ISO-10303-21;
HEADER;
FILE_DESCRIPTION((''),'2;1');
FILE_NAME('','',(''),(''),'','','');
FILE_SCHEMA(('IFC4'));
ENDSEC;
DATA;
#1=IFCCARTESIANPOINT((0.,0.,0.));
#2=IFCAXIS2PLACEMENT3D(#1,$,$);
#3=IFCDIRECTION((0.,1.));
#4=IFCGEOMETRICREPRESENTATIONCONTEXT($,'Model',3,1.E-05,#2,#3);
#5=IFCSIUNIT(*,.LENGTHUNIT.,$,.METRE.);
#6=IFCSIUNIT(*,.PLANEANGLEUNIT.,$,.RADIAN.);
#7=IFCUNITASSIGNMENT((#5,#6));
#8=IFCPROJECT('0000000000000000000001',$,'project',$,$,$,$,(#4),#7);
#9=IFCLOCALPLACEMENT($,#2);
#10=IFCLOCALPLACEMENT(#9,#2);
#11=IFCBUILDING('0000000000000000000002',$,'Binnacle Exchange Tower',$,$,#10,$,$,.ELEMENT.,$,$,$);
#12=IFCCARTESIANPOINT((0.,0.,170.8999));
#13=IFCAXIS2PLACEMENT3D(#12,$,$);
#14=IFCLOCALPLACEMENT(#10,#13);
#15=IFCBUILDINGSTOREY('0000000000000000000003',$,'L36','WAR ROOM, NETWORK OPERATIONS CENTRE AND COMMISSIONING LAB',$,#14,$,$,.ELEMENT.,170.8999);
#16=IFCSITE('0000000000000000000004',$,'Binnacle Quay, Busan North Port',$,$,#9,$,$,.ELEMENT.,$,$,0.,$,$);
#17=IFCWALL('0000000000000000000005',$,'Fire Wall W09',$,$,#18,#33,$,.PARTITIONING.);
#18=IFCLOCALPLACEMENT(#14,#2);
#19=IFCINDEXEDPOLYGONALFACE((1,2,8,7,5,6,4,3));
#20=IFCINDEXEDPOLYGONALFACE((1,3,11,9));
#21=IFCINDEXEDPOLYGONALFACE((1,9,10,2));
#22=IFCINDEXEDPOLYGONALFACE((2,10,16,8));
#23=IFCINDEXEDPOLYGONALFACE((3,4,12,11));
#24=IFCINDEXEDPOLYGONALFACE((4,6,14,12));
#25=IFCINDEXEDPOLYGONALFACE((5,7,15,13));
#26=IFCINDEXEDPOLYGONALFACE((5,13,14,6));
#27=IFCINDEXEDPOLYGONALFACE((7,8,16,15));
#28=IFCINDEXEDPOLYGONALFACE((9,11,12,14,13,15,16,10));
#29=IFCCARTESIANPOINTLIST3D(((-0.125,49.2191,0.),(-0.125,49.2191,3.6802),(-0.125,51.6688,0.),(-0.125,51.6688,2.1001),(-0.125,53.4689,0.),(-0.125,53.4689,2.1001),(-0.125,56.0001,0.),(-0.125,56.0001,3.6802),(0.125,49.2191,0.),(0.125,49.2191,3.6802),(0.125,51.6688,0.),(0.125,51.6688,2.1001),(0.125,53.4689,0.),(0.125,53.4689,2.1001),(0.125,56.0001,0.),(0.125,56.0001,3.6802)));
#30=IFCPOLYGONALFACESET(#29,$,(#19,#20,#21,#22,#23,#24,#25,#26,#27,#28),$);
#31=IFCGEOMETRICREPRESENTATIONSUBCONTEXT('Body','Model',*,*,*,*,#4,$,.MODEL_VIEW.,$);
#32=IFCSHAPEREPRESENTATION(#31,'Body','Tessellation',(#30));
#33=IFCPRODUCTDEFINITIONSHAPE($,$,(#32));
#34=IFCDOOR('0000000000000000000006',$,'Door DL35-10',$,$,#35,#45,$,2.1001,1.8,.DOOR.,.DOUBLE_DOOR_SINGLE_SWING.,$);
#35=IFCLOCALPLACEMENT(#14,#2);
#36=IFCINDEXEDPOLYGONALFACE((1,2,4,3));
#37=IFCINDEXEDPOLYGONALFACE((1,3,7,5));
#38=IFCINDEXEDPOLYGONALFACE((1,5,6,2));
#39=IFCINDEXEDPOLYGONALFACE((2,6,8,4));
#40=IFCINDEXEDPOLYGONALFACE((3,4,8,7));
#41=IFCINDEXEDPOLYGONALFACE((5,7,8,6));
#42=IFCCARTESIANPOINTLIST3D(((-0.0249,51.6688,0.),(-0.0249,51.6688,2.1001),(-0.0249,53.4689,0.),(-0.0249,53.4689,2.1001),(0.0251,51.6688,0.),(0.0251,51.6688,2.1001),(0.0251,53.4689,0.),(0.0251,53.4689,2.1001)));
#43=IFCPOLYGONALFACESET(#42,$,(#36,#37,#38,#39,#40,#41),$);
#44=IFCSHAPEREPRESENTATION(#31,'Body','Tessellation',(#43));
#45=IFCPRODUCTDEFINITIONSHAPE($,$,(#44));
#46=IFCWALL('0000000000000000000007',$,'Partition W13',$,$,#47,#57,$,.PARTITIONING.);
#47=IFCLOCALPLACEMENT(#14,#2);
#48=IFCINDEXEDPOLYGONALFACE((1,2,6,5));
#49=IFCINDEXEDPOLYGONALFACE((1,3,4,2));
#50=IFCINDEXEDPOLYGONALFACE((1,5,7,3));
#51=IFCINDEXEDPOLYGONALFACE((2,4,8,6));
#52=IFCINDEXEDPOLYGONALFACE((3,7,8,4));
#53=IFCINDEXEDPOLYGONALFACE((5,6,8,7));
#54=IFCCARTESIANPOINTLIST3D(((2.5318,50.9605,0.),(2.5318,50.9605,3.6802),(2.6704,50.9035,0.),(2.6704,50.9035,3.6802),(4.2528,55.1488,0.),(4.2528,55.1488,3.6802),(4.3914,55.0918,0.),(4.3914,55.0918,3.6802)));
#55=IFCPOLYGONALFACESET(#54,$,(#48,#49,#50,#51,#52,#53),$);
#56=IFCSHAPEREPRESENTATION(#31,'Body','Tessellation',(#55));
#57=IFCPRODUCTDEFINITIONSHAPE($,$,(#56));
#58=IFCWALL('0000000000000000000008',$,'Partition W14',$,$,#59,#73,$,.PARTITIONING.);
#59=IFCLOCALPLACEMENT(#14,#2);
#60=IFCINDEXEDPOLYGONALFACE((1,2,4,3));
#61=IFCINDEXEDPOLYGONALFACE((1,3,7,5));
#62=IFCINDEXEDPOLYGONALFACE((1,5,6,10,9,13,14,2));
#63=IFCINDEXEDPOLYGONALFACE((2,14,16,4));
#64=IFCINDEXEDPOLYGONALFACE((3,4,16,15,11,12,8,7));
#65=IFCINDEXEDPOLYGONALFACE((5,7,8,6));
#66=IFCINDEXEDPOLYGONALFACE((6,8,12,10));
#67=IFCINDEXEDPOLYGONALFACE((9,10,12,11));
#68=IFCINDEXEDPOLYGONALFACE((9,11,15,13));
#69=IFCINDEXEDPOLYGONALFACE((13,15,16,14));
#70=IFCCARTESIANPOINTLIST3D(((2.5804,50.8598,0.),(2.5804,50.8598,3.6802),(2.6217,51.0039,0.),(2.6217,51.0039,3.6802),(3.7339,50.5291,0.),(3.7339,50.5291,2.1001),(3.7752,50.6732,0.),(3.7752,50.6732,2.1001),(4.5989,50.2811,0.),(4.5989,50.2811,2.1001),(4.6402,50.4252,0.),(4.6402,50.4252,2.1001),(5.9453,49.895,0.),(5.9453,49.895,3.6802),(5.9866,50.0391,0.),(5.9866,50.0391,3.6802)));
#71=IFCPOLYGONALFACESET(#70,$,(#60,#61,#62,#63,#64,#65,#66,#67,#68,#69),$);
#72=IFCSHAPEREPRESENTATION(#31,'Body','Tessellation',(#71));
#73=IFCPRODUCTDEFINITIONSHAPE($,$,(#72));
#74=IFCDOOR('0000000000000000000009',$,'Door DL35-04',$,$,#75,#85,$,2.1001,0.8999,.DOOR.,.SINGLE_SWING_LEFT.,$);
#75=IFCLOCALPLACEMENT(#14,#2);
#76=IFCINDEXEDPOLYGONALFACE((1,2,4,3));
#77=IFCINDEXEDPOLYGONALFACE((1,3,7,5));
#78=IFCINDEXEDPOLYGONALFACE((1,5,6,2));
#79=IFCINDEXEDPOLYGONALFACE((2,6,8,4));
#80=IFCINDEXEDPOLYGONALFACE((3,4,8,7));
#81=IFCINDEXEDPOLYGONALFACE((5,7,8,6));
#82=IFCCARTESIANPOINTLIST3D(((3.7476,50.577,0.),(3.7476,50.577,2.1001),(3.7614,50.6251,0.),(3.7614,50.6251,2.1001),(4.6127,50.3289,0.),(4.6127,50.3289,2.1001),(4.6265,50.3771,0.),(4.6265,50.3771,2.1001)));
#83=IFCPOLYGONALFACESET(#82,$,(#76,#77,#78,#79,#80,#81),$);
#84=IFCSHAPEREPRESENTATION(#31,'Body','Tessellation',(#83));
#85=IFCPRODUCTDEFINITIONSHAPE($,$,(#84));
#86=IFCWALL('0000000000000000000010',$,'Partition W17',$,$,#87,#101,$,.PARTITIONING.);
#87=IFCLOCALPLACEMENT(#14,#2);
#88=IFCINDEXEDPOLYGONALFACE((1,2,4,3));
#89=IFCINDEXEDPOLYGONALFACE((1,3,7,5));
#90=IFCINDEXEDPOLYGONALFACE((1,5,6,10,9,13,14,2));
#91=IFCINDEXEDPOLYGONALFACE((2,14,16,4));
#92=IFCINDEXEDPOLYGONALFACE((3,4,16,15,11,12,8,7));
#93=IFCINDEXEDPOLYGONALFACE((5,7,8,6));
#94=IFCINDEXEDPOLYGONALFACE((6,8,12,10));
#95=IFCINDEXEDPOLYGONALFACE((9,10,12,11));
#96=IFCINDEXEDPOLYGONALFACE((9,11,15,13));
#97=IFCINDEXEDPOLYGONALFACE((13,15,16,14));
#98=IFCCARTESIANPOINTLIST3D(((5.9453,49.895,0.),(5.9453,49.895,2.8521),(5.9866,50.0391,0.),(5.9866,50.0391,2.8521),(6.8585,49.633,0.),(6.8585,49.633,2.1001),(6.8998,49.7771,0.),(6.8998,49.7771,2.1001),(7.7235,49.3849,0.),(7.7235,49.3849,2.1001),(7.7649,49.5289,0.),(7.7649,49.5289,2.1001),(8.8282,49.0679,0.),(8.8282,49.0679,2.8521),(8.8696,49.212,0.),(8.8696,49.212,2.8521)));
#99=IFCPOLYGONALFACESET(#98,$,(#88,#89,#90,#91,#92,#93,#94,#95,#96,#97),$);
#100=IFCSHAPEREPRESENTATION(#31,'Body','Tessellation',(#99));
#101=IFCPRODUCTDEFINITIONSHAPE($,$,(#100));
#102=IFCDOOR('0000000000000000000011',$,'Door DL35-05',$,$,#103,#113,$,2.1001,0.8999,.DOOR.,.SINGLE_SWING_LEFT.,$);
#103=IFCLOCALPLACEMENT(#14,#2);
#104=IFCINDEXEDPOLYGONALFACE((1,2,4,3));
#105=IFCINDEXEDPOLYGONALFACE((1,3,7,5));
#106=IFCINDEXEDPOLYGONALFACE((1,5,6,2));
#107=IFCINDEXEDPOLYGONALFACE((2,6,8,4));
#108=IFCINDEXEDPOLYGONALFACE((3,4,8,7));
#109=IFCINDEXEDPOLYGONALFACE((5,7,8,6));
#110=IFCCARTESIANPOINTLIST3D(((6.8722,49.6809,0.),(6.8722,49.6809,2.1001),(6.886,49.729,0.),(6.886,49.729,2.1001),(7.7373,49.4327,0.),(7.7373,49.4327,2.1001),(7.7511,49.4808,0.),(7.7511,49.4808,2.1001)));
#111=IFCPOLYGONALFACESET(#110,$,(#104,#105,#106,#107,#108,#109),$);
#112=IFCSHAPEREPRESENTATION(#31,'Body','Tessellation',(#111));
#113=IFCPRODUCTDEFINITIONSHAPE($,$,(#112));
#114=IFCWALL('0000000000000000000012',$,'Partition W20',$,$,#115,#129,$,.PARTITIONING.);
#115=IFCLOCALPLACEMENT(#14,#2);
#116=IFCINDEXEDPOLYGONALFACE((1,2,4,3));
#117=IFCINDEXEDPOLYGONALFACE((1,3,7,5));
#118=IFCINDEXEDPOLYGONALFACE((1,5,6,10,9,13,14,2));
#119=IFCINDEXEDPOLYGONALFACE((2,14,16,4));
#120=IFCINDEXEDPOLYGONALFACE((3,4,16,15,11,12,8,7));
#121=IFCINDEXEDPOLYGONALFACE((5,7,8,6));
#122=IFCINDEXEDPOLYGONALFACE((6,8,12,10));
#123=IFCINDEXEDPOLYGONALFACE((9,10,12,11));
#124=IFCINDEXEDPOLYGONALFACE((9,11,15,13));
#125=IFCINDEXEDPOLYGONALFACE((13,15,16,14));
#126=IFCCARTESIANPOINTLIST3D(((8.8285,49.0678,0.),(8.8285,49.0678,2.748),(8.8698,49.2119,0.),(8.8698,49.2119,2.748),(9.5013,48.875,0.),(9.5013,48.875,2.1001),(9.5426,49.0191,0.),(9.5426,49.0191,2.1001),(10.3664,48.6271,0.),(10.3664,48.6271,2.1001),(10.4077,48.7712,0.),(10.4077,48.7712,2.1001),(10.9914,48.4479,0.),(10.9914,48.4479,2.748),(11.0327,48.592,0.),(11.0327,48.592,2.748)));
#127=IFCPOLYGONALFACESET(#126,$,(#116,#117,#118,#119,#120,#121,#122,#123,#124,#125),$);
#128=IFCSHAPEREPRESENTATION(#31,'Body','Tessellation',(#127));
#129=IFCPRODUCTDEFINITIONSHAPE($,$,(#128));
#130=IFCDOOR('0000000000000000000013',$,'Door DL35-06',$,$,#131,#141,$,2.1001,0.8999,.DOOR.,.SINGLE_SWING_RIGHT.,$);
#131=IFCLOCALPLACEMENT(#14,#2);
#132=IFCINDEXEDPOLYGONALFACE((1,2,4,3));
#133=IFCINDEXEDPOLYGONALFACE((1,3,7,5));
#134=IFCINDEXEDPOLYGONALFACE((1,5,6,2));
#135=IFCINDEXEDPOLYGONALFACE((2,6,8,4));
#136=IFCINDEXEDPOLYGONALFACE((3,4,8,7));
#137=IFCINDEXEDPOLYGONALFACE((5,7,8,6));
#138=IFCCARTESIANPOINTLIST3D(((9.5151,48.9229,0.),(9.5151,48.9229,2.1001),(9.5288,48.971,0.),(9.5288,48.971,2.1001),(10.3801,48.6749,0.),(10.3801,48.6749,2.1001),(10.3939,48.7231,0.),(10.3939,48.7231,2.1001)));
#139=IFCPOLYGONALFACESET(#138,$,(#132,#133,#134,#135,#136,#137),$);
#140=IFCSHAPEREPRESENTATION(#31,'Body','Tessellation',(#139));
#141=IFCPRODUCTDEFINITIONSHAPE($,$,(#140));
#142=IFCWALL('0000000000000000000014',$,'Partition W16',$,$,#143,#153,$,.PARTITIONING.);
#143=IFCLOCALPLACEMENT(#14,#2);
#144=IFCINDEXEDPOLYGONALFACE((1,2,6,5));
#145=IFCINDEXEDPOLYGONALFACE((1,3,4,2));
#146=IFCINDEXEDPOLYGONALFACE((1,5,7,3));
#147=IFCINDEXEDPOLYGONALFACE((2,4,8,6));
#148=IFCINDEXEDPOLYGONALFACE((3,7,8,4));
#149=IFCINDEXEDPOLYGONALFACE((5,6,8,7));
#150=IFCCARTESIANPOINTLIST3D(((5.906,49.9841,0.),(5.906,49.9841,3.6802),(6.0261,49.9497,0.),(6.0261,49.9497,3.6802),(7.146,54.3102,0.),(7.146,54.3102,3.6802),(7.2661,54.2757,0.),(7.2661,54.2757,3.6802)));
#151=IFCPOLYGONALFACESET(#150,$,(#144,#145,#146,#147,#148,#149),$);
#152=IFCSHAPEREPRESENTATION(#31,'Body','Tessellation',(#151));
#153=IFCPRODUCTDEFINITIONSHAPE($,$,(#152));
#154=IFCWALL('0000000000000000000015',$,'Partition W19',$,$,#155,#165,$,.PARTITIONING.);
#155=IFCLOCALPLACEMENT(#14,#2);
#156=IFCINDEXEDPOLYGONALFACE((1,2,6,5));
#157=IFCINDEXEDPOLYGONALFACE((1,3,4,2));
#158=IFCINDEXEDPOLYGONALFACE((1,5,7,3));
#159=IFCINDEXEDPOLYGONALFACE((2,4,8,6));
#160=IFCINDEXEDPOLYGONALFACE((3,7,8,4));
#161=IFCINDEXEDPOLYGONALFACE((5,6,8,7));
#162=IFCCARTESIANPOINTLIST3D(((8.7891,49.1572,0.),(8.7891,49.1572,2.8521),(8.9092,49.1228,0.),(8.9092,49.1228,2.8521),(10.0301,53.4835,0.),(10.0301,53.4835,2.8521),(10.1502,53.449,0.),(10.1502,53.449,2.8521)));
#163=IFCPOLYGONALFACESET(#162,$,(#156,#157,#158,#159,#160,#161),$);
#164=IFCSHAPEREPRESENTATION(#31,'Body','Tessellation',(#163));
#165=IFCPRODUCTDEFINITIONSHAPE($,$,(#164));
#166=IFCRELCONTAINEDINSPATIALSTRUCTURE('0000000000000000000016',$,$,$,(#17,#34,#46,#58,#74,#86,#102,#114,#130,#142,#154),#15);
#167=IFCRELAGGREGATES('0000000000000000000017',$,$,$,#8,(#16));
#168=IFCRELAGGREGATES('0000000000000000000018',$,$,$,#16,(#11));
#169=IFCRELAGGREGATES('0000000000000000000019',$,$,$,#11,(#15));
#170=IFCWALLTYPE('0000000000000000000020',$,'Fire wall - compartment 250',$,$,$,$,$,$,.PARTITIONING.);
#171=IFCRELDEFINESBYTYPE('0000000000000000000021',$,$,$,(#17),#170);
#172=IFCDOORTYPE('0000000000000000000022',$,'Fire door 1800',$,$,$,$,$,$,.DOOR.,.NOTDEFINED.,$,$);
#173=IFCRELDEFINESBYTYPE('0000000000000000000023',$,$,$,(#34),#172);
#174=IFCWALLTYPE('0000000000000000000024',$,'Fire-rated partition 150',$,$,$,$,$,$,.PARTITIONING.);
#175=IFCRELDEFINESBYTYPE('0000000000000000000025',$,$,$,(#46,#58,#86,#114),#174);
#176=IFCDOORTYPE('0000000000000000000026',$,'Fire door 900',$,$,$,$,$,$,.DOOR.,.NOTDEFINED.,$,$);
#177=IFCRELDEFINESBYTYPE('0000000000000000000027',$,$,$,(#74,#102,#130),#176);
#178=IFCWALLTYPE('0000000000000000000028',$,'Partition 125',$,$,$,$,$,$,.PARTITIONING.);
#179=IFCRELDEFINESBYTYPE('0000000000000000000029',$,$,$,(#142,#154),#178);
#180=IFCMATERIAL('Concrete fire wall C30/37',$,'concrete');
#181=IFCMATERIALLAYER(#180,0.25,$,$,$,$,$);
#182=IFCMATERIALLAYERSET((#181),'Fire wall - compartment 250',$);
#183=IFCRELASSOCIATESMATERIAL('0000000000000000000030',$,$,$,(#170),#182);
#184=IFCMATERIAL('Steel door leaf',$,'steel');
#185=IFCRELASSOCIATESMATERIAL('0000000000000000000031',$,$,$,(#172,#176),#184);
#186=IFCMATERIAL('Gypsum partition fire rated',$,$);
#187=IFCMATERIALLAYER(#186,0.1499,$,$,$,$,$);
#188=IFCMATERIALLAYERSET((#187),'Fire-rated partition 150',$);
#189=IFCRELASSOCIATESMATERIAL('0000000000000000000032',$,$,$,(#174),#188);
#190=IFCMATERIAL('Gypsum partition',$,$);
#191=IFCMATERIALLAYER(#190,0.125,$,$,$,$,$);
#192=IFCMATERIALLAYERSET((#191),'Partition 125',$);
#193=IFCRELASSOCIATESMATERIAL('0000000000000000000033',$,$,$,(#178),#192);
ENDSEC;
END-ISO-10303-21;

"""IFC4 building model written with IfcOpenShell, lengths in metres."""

from ifc_helpers import new_model, si_unit, direction, frame, frame_2d, origin, place, context, subcontext, project, spatial, rectangle, extrude, material, layer, layer_set, type_object, element, fill, save


model = new_model("IFC4")

# Units and contexts
model_context = context("Model", 3, precision=1e-05, world=origin(), true_north=direction((0.0, 1.0)))
body_context = subcontext(model_context, "Body", "Model", "MODEL_VIEW")
ifc_project = project(units=[si_unit("LENGTHUNIT", "METRE"), si_unit("PLANEANGLEUNIT", "RADIAN")], contexts=[model_context])

# Site, building, storey
site_placement = place(None, origin())
site = spatial("IfcSite", under=ifc_project, at=site_placement, Name="Binnacle Quay, Busan North Port", CompositionType="ELEMENT", RefElevation=0.0)
building_placement = place(site_placement, origin())
building = spatial("IfcBuilding", under=site, at=building_placement, Name="Binnacle Exchange Tower", CompositionType="ELEMENT")
storey_placement = place(building_placement, frame((0.0, 0.0, 170.8999)))
storey = spatial("IfcBuildingStorey", under=building, at=storey_placement, Name="L36", Description="WAR ROOM, NETWORK OPERATIONS CENTRE AND COMMISSIONING LAB", CompositionType="ELEMENT", Elevation=170.8999)

# Wall, opening, door
ifc_material_1 = material(Name="Concrete fire wall C30/37", Category="concrete")
ifc_layer_1 = layer(ifc_material_1, 0.25)
ifc_layer_set_1 = layer_set([ifc_layer_1], Name="Fire wall - compartment 250")
wall_type_1 = type_object("IfcWallType", Name="Fire wall - compartment 250", PredefinedType="PARTITIONING", material=ifc_layer_set_1)
wall_1_placement = place(storey_placement, frame((0.0, 49.219, 0.0), z_axis=(0.0, 0.0, 1.0), x_axis=(0.0, 1.0, 0.0)))
wall_1 = element("IfcWall", 1, at=wall_1_placement, inside=storey, type_object=wall_type_1, Name="Fire Wall W09", PredefinedType="PARTITIONING", context=body_context, shape_type="SweptSolid", body=[
    extrude(rectangle(XDim=6.781, YDim=0.25, at=frame_2d((3.3906, 0.0))), origin(), (0.0, 0.0, 1.0), 3.6802),
])
opening_1_placement = place(wall_1_placement, frame((2.45, 0.0, 0.0)))
opening_1 = element("IfcOpeningElement", 2, at=opening_1_placement, cuts=wall_1, PredefinedType="OPENING", context=body_context, shape_type="SweptSolid", body=[
    extrude(rectangle(XDim=1.8, YDim=2.1001, at=frame_2d((0.8999, 1.05))), frame((0.0, 0.135, 0.0), z_axis=(0.0, -1.0, 0.0), x_axis=(1.0, 0.0, 0.0)), (0.0, 0.0, 1.0), 0.27),
])
ifc_material_2 = material(Name="Steel door leaf", Category="steel")
door_type_1 = type_object("IfcDoorType", Name="Fire door 1800", OperationType="NOTDEFINED", PredefinedType="DOOR", material=ifc_material_2)
door_1_placement = place(opening_1_placement, origin())
door_1 = element("IfcDoor", 3, at=door_1_placement, inside=storey, type_object=door_type_1, Name="Door DL35-10", OperationType="DOUBLE_DOOR_SINGLE_SWING", OverallHeight=2.1001, OverallWidth=1.8, PredefinedType="DOOR", context=body_context, shape_type="SweptSolid", body=[
    extrude(rectangle(XDim=1.8, YDim=2.1001, at=frame_2d((0.8999, 1.05))), frame((0.0, 0.0249, 0.0), z_axis=(0.0, -1.0, 0.0), x_axis=(1.0, 0.0, 0.0)), (0.0, 0.0, 1.0), 0.05),
])
fill(opening_1, door_1)

# Wall
ifc_material_3 = material(Name="Gypsum partition fire rated")
ifc_layer_2 = layer(ifc_material_3, 0.1499)
ifc_layer_set_2 = layer_set([ifc_layer_2], Name="Fire-rated partition 150")
wall_type_2 = type_object("IfcWallType", Name="Fire-rated partition 150", PredefinedType="PARTITIONING", material=ifc_layer_set_2)
wall_2_placement = place(storey_placement, frame((2.6011, 50.9319, 0.0), z_axis=(0.0, 0.0, 1.0), x_axis=(0.380066, 0.924959, 0.0)))
element("IfcWall", 4, at=wall_2_placement, inside=storey, type_object=wall_type_2, Name="Partition W13", PredefinedType="PARTITIONING", context=body_context, shape_type="SweptSolid", body=[
    extrude(rectangle(XDim=4.5281, YDim=0.1499, at=frame_2d((2.2642, 0.0))), origin(), (0.0, 0.0, 1.0), 3.6802),
])

# Walls, openings, doors
wall_3_placement = place(storey_placement, frame((2.6011, 50.9319, 0.0), z_axis=(0.0, 0.0, 1.0), x_axis=(0.961266, -0.275624, 0.0)))
wall_3 = element("IfcWall", 5, at=wall_3_placement, inside=storey, type_object=wall_type_2, Name="Partition W14", PredefinedType="PARTITIONING", context=body_context, shape_type="SweptSolid", body=[
    extrude(rectangle(XDim=3.5005, YDim=0.1499, at=frame_2d((1.7502, 0.0))), origin(), (0.0, 0.0, 1.0), 3.6802),
])
opening_2_placement = place(wall_3_placement, frame((1.2, 0.0, 0.0)))
opening_2 = element("IfcOpeningElement", 6, at=opening_2_placement, cuts=wall_3, PredefinedType="OPENING", context=body_context, shape_type="SweptSolid", body=[
    extrude(rectangle(XDim=0.8999, YDim=2.1001, at=frame_2d((0.45, 1.05))), frame((0.0, 0.085, 0.0), z_axis=(0.0, -1.0, 0.0), x_axis=(1.0, 0.0, 0.0)), (0.0, 0.0, 1.0), 0.1699),
])
door_type_2 = type_object("IfcDoorType", Name="Fire door 900", OperationType="NOTDEFINED", PredefinedType="DOOR", material=ifc_material_2)
door_2_placement = place(opening_2_placement, origin())
door_2 = element("IfcDoor", 7, at=door_2_placement, inside=storey, type_object=door_type_2, Name="Door DL35-04", OperationType="SINGLE_SWING_LEFT", OverallHeight=2.1001, OverallWidth=0.8999, PredefinedType="DOOR", context=body_context, shape_type="SweptSolid", body=[
    extrude(rectangle(XDim=0.8999, YDim=2.1001, at=frame_2d((0.45, 1.05))), frame((0.0, 0.0249, 0.0), z_axis=(0.0, -1.0, 0.0), x_axis=(1.0, 0.0, 0.0)), (0.0, 0.0, 1.0), 0.05),
])
fill(opening_2, door_2)
wall_4_placement = place(storey_placement, frame((5.9661, 49.967, 0.0), z_axis=(0.0, 0.0, 1.0), x_axis=(0.961222, -0.275775, 0.0)))
wall_4 = element("IfcWall", 8, at=wall_4_placement, inside=storey, type_object=wall_type_2, Name="Partition W17", PredefinedType="PARTITIONING", context=body_context, shape_type="SweptSolid", body=[
    extrude(rectangle(XDim=2.9993, YDim=0.1499, at=frame_2d((1.4995, 0.0))), origin(), (0.0, 0.0, 1.0), 2.8521),
])
opening_3_placement = place(wall_4_placement, frame((0.95, 0.0, 0.0)))
opening_3 = element("IfcOpeningElement", 9, at=opening_3_placement, cuts=wall_4, PredefinedType="OPENING", context=body_context, shape_type="SweptSolid", body=[
    extrude(rectangle(XDim=0.8999, YDim=2.1001, at=frame_2d((0.45, 1.05))), frame((0.0, 0.085, 0.0), z_axis=(0.0, -1.0, 0.0), x_axis=(1.0, 0.0, 0.0)), (0.0, 0.0, 1.0), 0.1699),
])
door_3_placement = place(opening_3_placement, origin())
door_3 = element("IfcDoor", 10, at=door_3_placement, inside=storey, type_object=door_type_2, Name="Door DL35-05", OperationType="SINGLE_SWING_LEFT", OverallHeight=2.1001, OverallWidth=0.8999, PredefinedType="DOOR", context=body_context, shape_type="SweptSolid", body=[
    extrude(rectangle(XDim=0.8999, YDim=2.1001, at=frame_2d((0.45, 1.05))), frame((0.0, 0.0249, 0.0), z_axis=(0.0, -1.0, 0.0), x_axis=(1.0, 0.0, 0.0)), (0.0, 0.0, 1.0), 0.05),
])
fill(opening_3, door_3)
wall_5_placement = place(storey_placement, frame((8.8491, 49.1399, 0.0), z_axis=(0.0, 0.0, 1.0), x_axis=(0.961298, -0.275509, 0.0)))
wall_5 = element("IfcWall", 11, at=wall_5_placement, inside=storey, type_object=wall_type_2, Name="Partition W20", PredefinedType="PARTITIONING", context=body_context, shape_type="SweptSolid", body=[
    extrude(rectangle(XDim=2.25, YDim=0.1499, at=frame_2d((1.125, 0.0))), origin(), (0.0, 0.0, 1.0), 2.748),
])
opening_4_placement = place(wall_5_placement, frame((0.7, 0.0, 0.0)))
opening_4 = element("IfcOpeningElement", 12, at=opening_4_placement, cuts=wall_5, PredefinedType="OPENING", context=body_context, shape_type="SweptSolid", body=[
    extrude(rectangle(XDim=0.8999, YDim=2.1001, at=frame_2d((0.45, 1.05))), frame((0.0, 0.085, 0.0), z_axis=(0.0, -1.0, 0.0), x_axis=(1.0, 0.0, 0.0)), (0.0, 0.0, 1.0), 0.1699),
])
door_4_placement = place(opening_4_placement, origin())
door_4 = element("IfcDoor", 13, at=door_4_placement, inside=storey, type_object=door_type_2, Name="Door DL35-06", OperationType="SINGLE_SWING_RIGHT", OverallHeight=2.1001, OverallWidth=0.8999, PredefinedType="DOOR", context=body_context, shape_type="SweptSolid", body=[
    extrude(rectangle(XDim=0.8999, YDim=2.1001, at=frame_2d((0.45, 1.05))), frame((0.0, 0.0249, 0.0), z_axis=(0.0, -1.0, 0.0), x_axis=(1.0, 0.0, 0.0)), (0.0, 0.0, 1.0), 0.05),
])
fill(opening_4, door_4)

# Walls
ifc_material_4 = material(Name="Gypsum partition")
ifc_layer_3 = layer(ifc_material_4, 0.125)
ifc_layer_set_3 = layer_set([ifc_layer_3], Name="Partition 125")
wall_type_3 = type_object("IfcWallType", Name="Partition 125", PredefinedType="PARTITIONING", material=ifc_layer_set_3)
wall_6_placement = place(storey_placement, frame((5.9661, 49.967, 0.0), z_axis=(0.0, 0.0, 1.0), x_axis=(0.275545, 0.961288, 0.0)))
element("IfcWall", 14, at=wall_6_placement, inside=storey, type_object=wall_type_3, Name="Partition W16", PredefinedType="PARTITIONING", context=body_context, shape_type="SweptSolid", body=[
    extrude(rectangle(XDim=4.5002, YDim=0.125, at=frame_2d((2.25, 0.0))), origin(), (0.0, 0.0, 1.0), 3.6802),
])
wall_7_placement = place(storey_placement, frame((8.8491, 49.1399, 0.0), z_axis=(0.0, 0.0, 1.0), x_axis=(0.275731, 0.961235, 0.0)))
element("IfcWall", 15, at=wall_7_placement, inside=storey, type_object=wall_type_3, Name="Partition W19", PredefinedType="PARTITIONING", context=body_context, shape_type="SweptSolid", body=[
    extrude(rectangle(XDim=4.5007, YDim=0.125, at=frame_2d((2.2505, 0.0))), origin(), (0.0, 0.0, 1.0), 2.8521),
])

save(model, "model.ifc")
